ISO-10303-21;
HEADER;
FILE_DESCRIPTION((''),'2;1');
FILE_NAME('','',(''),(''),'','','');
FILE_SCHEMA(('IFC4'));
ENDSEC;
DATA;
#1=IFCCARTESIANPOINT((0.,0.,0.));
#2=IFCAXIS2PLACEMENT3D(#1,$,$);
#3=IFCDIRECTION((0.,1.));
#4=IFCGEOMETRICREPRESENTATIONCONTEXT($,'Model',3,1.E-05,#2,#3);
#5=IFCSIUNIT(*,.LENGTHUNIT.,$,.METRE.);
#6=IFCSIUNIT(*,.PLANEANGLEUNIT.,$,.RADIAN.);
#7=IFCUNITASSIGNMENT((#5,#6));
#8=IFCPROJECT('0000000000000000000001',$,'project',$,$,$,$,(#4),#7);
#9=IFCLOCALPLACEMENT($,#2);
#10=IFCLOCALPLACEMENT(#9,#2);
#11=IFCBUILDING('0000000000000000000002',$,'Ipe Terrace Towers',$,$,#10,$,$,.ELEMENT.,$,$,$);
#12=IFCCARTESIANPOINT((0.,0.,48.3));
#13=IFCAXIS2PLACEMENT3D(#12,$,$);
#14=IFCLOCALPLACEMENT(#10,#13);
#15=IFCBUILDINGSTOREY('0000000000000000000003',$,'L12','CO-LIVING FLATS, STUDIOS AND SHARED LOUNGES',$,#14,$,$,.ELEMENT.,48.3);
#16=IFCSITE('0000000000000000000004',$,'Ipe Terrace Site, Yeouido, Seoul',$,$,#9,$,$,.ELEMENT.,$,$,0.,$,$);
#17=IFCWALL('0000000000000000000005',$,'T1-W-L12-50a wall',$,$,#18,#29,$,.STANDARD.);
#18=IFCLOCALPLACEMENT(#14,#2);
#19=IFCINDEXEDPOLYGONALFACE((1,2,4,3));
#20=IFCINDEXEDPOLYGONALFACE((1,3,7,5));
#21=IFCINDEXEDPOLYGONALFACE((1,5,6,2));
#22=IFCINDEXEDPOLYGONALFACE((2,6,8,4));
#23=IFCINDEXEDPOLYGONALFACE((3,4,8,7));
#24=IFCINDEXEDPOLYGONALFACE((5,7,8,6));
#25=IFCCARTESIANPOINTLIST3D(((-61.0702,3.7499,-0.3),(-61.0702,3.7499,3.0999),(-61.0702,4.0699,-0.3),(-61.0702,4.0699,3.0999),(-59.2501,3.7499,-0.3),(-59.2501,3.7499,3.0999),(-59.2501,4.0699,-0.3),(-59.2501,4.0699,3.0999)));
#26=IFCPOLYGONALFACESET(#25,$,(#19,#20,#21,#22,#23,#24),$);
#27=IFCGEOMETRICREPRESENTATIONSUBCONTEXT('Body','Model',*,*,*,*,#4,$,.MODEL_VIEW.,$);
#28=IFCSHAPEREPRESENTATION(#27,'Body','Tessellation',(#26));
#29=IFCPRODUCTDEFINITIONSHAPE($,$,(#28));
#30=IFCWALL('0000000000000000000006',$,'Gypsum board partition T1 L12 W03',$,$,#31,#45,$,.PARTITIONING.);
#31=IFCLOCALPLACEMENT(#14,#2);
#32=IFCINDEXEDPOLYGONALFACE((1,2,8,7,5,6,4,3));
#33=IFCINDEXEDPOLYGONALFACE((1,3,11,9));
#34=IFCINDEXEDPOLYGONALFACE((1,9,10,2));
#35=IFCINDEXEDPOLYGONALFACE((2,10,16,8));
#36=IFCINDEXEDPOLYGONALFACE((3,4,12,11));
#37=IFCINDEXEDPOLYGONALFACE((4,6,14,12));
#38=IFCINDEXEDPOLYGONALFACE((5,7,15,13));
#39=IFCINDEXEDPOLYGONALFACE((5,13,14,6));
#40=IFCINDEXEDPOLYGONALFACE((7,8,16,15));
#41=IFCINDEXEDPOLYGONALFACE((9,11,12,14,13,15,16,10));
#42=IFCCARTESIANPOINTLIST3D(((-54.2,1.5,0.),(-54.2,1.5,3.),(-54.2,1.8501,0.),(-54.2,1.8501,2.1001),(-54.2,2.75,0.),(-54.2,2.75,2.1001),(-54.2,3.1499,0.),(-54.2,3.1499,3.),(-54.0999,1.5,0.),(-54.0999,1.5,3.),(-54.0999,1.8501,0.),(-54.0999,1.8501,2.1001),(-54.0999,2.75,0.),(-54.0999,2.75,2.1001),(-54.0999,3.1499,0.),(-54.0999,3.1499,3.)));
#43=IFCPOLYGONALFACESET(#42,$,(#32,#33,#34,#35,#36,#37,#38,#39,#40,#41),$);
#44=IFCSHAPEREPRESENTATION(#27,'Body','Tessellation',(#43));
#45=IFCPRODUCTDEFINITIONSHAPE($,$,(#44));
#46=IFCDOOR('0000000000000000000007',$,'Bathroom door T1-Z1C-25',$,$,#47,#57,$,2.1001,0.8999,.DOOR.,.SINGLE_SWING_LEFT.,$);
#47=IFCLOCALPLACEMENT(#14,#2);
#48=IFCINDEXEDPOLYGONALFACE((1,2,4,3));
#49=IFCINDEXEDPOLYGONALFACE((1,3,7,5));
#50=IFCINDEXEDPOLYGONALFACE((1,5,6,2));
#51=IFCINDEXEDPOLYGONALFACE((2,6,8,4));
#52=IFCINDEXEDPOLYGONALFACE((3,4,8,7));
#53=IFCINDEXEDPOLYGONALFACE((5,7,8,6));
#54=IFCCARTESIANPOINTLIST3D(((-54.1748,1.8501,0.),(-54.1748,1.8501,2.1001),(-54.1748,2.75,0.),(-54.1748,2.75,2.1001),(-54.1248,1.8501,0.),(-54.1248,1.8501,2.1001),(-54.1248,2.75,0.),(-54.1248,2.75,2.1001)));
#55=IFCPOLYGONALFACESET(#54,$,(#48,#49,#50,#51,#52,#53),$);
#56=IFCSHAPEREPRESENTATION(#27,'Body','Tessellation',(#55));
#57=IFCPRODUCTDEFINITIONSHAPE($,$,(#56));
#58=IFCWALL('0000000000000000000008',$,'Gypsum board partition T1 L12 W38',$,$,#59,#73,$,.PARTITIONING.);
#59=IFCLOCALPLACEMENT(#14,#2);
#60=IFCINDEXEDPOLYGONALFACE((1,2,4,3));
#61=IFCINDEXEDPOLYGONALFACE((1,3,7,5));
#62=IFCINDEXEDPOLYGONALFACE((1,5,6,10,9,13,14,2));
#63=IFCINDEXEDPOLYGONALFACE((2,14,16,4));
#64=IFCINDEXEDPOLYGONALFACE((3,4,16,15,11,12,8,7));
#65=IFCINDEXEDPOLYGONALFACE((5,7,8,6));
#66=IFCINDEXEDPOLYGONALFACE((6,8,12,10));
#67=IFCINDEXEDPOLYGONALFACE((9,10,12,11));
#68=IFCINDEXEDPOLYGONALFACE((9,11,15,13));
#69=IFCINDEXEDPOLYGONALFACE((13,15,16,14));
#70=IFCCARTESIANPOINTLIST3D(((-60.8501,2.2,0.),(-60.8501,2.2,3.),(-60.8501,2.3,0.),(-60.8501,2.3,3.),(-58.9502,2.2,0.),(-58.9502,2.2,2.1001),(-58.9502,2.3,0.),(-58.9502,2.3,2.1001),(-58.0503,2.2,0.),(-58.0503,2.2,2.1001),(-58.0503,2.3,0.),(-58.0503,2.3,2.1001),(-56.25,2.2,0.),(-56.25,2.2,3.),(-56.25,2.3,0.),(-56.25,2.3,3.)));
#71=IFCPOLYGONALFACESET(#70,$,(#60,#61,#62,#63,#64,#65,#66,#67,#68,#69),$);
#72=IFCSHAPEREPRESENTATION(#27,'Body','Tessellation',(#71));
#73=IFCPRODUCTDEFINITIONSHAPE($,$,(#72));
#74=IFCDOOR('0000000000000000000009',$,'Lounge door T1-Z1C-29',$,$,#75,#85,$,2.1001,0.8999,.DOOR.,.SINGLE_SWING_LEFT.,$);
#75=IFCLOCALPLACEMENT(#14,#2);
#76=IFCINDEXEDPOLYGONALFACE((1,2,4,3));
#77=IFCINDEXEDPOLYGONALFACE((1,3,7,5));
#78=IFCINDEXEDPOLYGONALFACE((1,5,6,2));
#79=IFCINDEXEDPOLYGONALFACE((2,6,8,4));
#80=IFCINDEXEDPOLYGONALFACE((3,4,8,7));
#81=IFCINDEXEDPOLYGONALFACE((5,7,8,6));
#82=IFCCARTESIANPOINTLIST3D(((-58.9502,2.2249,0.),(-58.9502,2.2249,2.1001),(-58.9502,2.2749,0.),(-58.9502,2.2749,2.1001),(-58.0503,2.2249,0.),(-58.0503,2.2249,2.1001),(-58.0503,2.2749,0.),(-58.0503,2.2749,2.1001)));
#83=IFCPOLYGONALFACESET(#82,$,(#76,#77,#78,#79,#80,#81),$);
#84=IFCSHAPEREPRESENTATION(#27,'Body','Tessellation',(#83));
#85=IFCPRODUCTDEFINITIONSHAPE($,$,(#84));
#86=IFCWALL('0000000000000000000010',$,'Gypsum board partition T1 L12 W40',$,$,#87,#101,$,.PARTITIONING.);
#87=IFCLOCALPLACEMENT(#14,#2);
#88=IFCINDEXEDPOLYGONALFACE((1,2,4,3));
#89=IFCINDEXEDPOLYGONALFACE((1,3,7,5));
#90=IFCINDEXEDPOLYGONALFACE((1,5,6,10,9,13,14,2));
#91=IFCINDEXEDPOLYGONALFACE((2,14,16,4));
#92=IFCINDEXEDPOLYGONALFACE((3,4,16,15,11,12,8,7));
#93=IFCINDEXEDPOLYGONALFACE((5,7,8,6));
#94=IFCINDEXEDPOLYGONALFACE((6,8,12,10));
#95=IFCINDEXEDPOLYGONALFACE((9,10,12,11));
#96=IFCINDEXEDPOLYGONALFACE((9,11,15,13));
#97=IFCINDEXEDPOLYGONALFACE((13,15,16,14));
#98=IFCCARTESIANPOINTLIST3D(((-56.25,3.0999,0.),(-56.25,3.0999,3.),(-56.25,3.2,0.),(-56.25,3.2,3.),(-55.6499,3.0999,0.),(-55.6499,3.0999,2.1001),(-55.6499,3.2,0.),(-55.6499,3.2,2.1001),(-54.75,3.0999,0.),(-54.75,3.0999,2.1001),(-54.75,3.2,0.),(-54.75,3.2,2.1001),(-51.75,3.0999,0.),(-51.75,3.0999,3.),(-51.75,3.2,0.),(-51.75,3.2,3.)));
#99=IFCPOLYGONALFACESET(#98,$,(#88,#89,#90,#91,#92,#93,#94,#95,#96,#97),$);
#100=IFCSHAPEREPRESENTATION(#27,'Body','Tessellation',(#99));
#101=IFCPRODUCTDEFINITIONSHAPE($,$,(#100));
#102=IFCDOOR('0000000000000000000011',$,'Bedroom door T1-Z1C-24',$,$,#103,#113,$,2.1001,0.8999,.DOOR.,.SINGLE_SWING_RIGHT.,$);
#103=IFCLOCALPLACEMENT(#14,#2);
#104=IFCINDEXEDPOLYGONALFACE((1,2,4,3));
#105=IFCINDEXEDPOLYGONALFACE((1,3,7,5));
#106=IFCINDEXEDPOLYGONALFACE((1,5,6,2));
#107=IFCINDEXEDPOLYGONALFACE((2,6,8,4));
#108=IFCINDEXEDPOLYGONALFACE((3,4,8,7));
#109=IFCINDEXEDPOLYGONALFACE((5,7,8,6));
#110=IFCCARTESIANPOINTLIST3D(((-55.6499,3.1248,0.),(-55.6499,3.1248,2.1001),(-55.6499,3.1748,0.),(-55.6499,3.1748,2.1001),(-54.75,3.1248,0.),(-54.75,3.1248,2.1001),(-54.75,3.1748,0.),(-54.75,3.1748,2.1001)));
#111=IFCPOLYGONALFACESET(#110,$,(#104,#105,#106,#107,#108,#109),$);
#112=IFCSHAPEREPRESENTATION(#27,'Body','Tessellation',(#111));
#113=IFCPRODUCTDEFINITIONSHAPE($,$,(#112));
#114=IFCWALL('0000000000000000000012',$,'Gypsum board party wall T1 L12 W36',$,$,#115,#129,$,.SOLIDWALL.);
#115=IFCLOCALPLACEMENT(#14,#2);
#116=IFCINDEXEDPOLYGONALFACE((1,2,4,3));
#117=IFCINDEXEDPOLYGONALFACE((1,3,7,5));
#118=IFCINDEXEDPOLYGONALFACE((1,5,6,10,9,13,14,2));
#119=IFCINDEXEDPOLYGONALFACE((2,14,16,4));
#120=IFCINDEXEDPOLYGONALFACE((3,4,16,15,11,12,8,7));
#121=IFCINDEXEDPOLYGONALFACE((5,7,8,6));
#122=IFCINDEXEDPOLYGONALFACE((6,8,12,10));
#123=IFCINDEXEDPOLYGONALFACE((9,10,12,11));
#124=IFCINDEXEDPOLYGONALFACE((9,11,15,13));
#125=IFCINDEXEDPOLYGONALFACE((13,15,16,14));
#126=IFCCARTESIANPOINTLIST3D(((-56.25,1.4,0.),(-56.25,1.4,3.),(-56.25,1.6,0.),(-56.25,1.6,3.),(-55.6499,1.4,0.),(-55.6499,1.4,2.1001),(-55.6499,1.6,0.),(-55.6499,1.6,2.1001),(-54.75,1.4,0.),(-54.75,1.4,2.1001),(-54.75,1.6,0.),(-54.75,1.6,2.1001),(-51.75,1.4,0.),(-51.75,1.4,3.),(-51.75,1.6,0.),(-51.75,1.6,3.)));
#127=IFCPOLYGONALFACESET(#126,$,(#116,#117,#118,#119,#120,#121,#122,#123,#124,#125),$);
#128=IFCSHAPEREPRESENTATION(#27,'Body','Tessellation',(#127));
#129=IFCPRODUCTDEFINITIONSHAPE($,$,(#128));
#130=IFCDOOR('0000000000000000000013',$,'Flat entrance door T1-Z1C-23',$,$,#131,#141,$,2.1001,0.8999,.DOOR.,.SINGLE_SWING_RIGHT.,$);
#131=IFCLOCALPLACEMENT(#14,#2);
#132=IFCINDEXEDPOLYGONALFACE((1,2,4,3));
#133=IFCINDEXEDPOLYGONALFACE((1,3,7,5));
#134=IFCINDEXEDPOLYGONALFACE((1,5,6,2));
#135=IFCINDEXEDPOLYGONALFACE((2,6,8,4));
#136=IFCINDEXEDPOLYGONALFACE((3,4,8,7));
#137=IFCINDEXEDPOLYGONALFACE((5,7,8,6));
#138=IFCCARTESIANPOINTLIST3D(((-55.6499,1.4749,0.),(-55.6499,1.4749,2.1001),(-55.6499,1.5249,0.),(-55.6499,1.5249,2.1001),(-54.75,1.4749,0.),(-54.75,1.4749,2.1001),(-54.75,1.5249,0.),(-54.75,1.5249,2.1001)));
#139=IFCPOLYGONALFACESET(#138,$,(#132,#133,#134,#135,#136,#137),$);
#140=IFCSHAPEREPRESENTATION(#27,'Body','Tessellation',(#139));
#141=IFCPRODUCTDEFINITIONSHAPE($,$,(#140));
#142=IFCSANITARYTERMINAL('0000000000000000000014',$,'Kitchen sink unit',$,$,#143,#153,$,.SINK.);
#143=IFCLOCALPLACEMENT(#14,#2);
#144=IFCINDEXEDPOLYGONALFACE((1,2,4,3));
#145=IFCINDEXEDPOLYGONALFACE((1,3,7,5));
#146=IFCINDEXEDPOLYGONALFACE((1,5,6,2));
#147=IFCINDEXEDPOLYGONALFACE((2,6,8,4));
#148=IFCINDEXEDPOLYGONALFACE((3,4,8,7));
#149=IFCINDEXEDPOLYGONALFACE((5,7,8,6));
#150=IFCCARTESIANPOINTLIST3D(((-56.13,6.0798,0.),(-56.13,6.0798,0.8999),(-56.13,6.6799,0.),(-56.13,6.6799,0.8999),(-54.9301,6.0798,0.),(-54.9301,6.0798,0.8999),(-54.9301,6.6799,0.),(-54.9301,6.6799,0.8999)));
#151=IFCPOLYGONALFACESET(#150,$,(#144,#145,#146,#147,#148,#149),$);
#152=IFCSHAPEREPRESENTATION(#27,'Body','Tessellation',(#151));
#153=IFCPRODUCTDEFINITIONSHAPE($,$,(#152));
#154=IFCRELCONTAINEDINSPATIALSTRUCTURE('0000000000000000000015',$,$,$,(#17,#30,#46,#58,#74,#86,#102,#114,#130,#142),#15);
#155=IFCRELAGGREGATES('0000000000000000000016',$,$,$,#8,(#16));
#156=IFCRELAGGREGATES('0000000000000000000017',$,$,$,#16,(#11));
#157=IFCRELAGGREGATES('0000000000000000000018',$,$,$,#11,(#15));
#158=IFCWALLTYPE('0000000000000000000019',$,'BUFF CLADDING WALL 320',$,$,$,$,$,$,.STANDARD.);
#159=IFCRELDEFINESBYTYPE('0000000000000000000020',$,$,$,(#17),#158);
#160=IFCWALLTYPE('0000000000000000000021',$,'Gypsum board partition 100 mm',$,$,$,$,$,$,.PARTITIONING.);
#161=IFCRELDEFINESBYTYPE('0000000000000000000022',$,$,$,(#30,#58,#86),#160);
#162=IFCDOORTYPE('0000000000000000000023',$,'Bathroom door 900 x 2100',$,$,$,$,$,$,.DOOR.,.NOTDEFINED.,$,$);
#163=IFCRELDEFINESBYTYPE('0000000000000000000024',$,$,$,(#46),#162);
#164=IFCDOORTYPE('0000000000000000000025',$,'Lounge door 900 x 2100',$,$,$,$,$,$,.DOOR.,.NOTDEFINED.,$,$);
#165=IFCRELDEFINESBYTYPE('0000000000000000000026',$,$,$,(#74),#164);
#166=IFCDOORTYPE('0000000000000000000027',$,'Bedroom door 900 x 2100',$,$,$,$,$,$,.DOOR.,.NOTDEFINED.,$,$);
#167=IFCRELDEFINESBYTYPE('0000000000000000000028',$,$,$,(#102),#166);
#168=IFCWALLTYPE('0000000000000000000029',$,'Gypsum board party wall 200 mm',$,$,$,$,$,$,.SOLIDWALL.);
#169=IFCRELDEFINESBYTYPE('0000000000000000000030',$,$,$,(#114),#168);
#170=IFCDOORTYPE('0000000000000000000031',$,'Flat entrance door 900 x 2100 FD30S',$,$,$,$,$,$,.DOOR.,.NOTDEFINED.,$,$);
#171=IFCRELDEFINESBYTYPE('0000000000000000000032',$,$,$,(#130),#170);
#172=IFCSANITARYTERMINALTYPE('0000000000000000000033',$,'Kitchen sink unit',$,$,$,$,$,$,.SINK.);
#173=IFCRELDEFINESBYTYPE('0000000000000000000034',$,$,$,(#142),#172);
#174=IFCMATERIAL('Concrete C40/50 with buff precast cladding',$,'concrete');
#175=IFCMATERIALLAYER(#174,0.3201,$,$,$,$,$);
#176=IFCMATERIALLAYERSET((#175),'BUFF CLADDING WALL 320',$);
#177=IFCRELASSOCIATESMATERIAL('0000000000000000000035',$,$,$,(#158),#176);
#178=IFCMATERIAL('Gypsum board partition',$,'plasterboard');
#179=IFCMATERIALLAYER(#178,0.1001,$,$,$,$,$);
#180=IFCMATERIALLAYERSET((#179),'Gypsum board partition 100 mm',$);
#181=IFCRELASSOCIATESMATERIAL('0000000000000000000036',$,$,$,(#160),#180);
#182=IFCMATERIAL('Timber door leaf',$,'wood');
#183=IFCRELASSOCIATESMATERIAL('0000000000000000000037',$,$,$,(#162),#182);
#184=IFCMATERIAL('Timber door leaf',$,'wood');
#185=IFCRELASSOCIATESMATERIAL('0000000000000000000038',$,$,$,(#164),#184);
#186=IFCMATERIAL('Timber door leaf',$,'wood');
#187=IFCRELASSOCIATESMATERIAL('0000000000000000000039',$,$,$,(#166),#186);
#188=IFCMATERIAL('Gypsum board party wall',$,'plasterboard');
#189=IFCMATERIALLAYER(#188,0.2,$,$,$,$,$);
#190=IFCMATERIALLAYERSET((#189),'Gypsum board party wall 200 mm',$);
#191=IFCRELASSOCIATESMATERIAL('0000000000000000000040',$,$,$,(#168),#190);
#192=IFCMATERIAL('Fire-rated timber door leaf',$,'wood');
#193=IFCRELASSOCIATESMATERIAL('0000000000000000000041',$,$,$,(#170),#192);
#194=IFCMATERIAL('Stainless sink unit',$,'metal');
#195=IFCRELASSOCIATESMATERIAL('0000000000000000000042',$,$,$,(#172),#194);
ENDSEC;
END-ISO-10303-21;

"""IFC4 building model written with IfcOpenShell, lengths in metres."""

from ifc_helpers import new_model, si_unit, direction, frame, frame_2d, origin, origin_2d, place, context, subcontext, project, spatial, rectangle, extrude, material, layer, layer_set, type_object, element, fill, save


model = new_model("IFC4")

# Units and contexts
model_context = context("Model", 3, precision=1e-05, world=origin(), true_north=direction((0.0, 1.0)))
body_context = subcontext(model_context, "Body", "Model", "MODEL_VIEW")
ifc_project = project(units=[si_unit("LENGTHUNIT", "METRE"), si_unit("PLANEANGLEUNIT", "RADIAN")], contexts=[model_context])

# Site, building, storey
site_placement = place(None, origin())
site = spatial("IfcSite", under=ifc_project, at=site_placement, Name="Ipe Terrace Site, Yeouido, Seoul", CompositionType="ELEMENT", RefElevation=0.0)
building_placement = place(site_placement, origin())
building = spatial("IfcBuilding", under=site, at=building_placement, Name="Ipe Terrace Towers", CompositionType="ELEMENT")
storey_placement = place(building_placement, frame((0.0, 0.0, 48.3)))
storey = spatial("IfcBuildingStorey", under=building, at=storey_placement, Name="L12", Description="CO-LIVING FLATS, STUDIOS AND SHARED LOUNGES", CompositionType="ELEMENT", Elevation=48.3)

# Wall
ifc_material_1 = material(Name="Concrete C40/50 with buff precast cladding", Category="concrete")
ifc_layer_1 = layer(ifc_material_1, 0.3201)
ifc_layer_set_1 = layer_set([ifc_layer_1], Name="BUFF CLADDING WALL 320")
wall_type_1 = type_object("IfcWallType", Name="BUFF CLADDING WALL 320", PredefinedType="STANDARD", material=ifc_layer_set_1)
wall_1_placement = place(storey_placement, frame((-59.25, 3.9099, -0.3), z_axis=(0.0, 0.0, 1.0), x_axis=(-1.0, 0.0, 0.0)))
element("IfcWall", 1, at=wall_1_placement, inside=storey, type_object=wall_type_1, Name="T1-W-L12-50a wall", PredefinedType="STANDARD", context=body_context, shape_type="SweptSolid", body=[
    extrude(rectangle(XDim=1.8201, YDim=0.3201, at=frame_2d((0.9102, 0.0))), origin(), (0.0, 0.0, 1.0), 3.3999),
])

# Walls, openings, doors
ifc_material_2 = material(Name="Gypsum board partition", Category="plasterboard")
ifc_layer_2 = layer(ifc_material_2, 0.1001)
ifc_layer_set_2 = layer_set([ifc_layer_2], Name="Gypsum board partition 100 mm")
wall_type_2 = type_object("IfcWallType", Name="Gypsum board partition 100 mm", PredefinedType="PARTITIONING", material=ifc_layer_set_2)
wall_2_placement = place(storey_placement, frame((-54.1499, 1.5, 0.0), z_axis=(0.0, 0.0, 1.0), x_axis=(0.0, 1.0, 0.0)))
wall_2 = element("IfcWall", 2, at=wall_2_placement, inside=storey, type_object=wall_type_2, Name="Gypsum board partition T1 L12 W03", PredefinedType="PARTITIONING", context=body_context, shape_type="SweptSolid", body=[
    extrude(rectangle(XDim=1.6499, YDim=0.1001, at=frame_2d((0.825, 0.0))), origin(), (0.0, 0.0, 1.0), 3.0),
])
opening_1_placement = place(wall_2_placement, frame((0.3501, 0.0, 0.0)))
opening_1 = element("IfcOpeningElement", 3, at=opening_1_placement, cuts=wall_2, PredefinedType="OPENING", context=body_context, shape_type="SweptSolid", body=[
    extrude(rectangle(XDim=0.8999, YDim=2.1001, at=frame_2d((0.45, 1.05))), frame((0.0, 0.0601, 0.0), z_axis=(0.0, -1.0, 0.0), x_axis=(1.0, 0.0, 0.0)), (0.0, 0.0, 1.0), 0.1201),
])
ifc_material_3 = material(Name="Timber door leaf", Category="wood")
door_type_1 = type_object("IfcDoorType", Name="Bathroom door 900 x 2100", OperationType="NOTDEFINED", PredefinedType="DOOR", material=ifc_material_3)
door_1_placement = place(opening_1_placement, origin())
door_1 = element("IfcDoor", 4, at=door_1_placement, inside=storey, type_object=door_type_1, Name="Bathroom door T1-Z1C-25", OperationType="SINGLE_SWING_LEFT", OverallHeight=2.1001, OverallWidth=0.8999, PredefinedType="DOOR", context=body_context, shape_type="SweptSolid", body=[
    extrude(rectangle(XDim=0.8999, YDim=2.1001, at=frame_2d((0.45, 1.05))), frame((0.0, 0.0249, 0.0), z_axis=(0.0, -1.0, 0.0), x_axis=(1.0, 0.0, 0.0)), (0.0, 0.0, 1.0), 0.05),
])
fill(opening_1, door_1)
wall_3_placement = place(storey_placement, frame((-60.8501, 2.25, 0.0), z_axis=(0.0, 0.0, 1.0), x_axis=(1.0, 0.0, 0.0)))
wall_3 = element("IfcWall", 5, at=wall_3_placement, inside=storey, type_object=wall_type_2, Name="Gypsum board partition T1 L12 W38", PredefinedType="PARTITIONING", context=body_context, shape_type="SweptSolid", body=[
    extrude(rectangle(XDim=4.6001, YDim=0.1001, at=frame_2d((2.3, 0.0))), origin(), (0.0, 0.0, 1.0), 3.0),
])
opening_2_placement = place(wall_3_placement, frame((1.8999, 0.0, 0.0)))
opening_2 = element("IfcOpeningElement", 6, at=opening_2_placement, cuts=wall_3, PredefinedType="OPENING", context=body_context, shape_type="SweptSolid", body=[
    extrude(rectangle(XDim=0.8999, YDim=2.1001, at=frame_2d((0.45, 1.05))), frame((0.0, 0.0601, 0.0), z_axis=(0.0, -1.0, 0.0), x_axis=(1.0, 0.0, 0.0)), (0.0, 0.0, 1.0), 0.1201),
])
ifc_material_4 = material(Name="Timber door leaf", Category="wood")
door_type_2 = type_object("IfcDoorType", Name="Lounge door 900 x 2100", OperationType="NOTDEFINED", PredefinedType="DOOR", material=ifc_material_4)
door_2_placement = place(opening_2_placement, origin())
door_2 = element("IfcDoor", 7, at=door_2_placement, inside=storey, type_object=door_type_2, Name="Lounge door T1-Z1C-29", OperationType="SINGLE_SWING_LEFT", OverallHeight=2.1001, OverallWidth=0.8999, PredefinedType="DOOR", context=body_context, shape_type="SweptSolid", body=[
    extrude(rectangle(XDim=0.8999, YDim=2.1001, at=frame_2d((0.45, 1.05))), frame((0.0, 0.0249, 0.0), z_axis=(0.0, -1.0, 0.0), x_axis=(1.0, 0.0, 0.0)), (0.0, 0.0, 1.0), 0.05),
])
fill(opening_2, door_2)
wall_4_placement = place(storey_placement, frame((-56.25, 3.1499, 0.0), z_axis=(0.0, 0.0, 1.0), x_axis=(1.0, 0.0, 0.0)))
wall_4 = element("IfcWall", 8, at=wall_4_placement, inside=storey, type_object=wall_type_2, Name="Gypsum board partition T1 L12 W40", PredefinedType="PARTITIONING", context=body_context, shape_type="SweptSolid", body=[
    extrude(rectangle(XDim=4.5, YDim=0.1001, at=frame_2d((2.25, 0.0))), origin(), (0.0, 0.0, 1.0), 3.0),
])
opening_3_placement = place(wall_4_placement, frame((0.6001, 0.0, 0.0)))
opening_3 = element("IfcOpeningElement", 9, at=opening_3_placement, cuts=wall_4, PredefinedType="OPENING", context=body_context, shape_type="SweptSolid", body=[
    extrude(rectangle(XDim=0.8999, YDim=2.1001, at=frame_2d((0.45, 1.05))), frame((0.0, 0.0601, 0.0), z_axis=(0.0, -1.0, 0.0), x_axis=(1.0, 0.0, 0.0)), (0.0, 0.0, 1.0), 0.1201),
])
ifc_material_5 = material(Name="Timber door leaf", Category="wood")
door_type_3 = type_object("IfcDoorType", Name="Bedroom door 900 x 2100", OperationType="NOTDEFINED", PredefinedType="DOOR", material=ifc_material_5)
door_3_placement = place(opening_3_placement, origin())
door_3 = element("IfcDoor", 10, at=door_3_placement, inside=storey, type_object=door_type_3, Name="Bedroom door T1-Z1C-24", OperationType="SINGLE_SWING_RIGHT", OverallHeight=2.1001, OverallWidth=0.8999, PredefinedType="DOOR", context=body_context, shape_type="SweptSolid", body=[
    extrude(rectangle(XDim=0.8999, YDim=2.1001, at=frame_2d((0.45, 1.05))), frame((0.0, 0.0249, 0.0), z_axis=(0.0, -1.0, 0.0), x_axis=(1.0, 0.0, 0.0)), (0.0, 0.0, 1.0), 0.05),
])
fill(opening_3, door_3)
ifc_material_6 = material(Name="Gypsum board party wall", Category="plasterboard")
ifc_layer_3 = layer(ifc_material_6, 0.2)
ifc_layer_set_3 = layer_set([ifc_layer_3], Name="Gypsum board party wall 200 mm")
wall_type_3 = type_object("IfcWallType", Name="Gypsum board party wall 200 mm", PredefinedType="SOLIDWALL", material=ifc_layer_set_3)
wall_5_placement = place(storey_placement, frame((-56.25, 1.5, 0.0), z_axis=(0.0, 0.0, 1.0), x_axis=(1.0, 0.0, 0.0)))
wall_5 = element("IfcWall", 11, at=wall_5_placement, inside=storey, type_object=wall_type_3, Name="Gypsum board party wall T1 L12 W36", PredefinedType="SOLIDWALL", context=body_context, shape_type="SweptSolid", body=[
    extrude(rectangle(XDim=4.5, YDim=0.2, at=frame_2d((2.25, 0.0))), origin(), (0.0, 0.0, 1.0), 3.0),
])
opening_4_placement = place(wall_5_placement, frame((0.6001, 0.0, 0.0)))
opening_4 = element("IfcOpeningElement", 12, at=opening_4_placement, cuts=wall_5, PredefinedType="OPENING", context=body_context, shape_type="SweptSolid", body=[
    extrude(rectangle(XDim=0.8999, YDim=2.1001, at=frame_2d((0.45, 1.05))), frame((0.0, 0.1099, 0.0), z_axis=(0.0, -1.0, 0.0), x_axis=(1.0, 0.0, 0.0)), (0.0, 0.0, 1.0), 0.22),
])
ifc_material_7 = material(Name="Fire-rated timber door leaf", Category="wood")
door_type_4 = type_object("IfcDoorType", Name="Flat entrance door 900 x 2100 FD30S", OperationType="NOTDEFINED", PredefinedType="DOOR", material=ifc_material_7)
door_4_placement = place(opening_4_placement, origin())
door_4 = element("IfcDoor", 13, at=door_4_placement, inside=storey, type_object=door_type_4, Name="Flat entrance door T1-Z1C-23", OperationType="SINGLE_SWING_RIGHT", OverallHeight=2.1001, OverallWidth=0.8999, PredefinedType="DOOR", context=body_context, shape_type="SweptSolid", body=[
    extrude(rectangle(XDim=0.8999, YDim=2.1001, at=frame_2d((0.45, 1.05))), frame((0.0, 0.0249, 0.0), z_axis=(0.0, -1.0, 0.0), x_axis=(1.0, 0.0, 0.0)), (0.0, 0.0, 1.0), 0.05),
])
fill(opening_4, door_4)

# Sanitary terminal
ifc_material_8 = material(Name="Stainless sink unit", Category="metal")
sanitary_terminal_type = type_object("IfcSanitaryTerminalType", Name="Kitchen sink unit", PredefinedType="SINK", material=ifc_material_8)
sanitary_terminal_placement = place(storey_placement, frame((-55.53, 6.3799, 0.0), z_axis=(0.0, 0.0, 1.0), x_axis=(1.0, 0.0, 0.0)))
element("IfcSanitaryTerminal", 14, at=sanitary_terminal_placement, inside=storey, type_object=sanitary_terminal_type, Name="Kitchen sink unit", PredefinedType="SINK", context=body_context, shape_type="SweptSolid", body=[
    extrude(rectangle(XDim=1.2, YDim=0.6001, at=origin_2d()), origin(), (0.0, 0.0, 1.0), 0.8999),
])

save(model, "model.ifc")
